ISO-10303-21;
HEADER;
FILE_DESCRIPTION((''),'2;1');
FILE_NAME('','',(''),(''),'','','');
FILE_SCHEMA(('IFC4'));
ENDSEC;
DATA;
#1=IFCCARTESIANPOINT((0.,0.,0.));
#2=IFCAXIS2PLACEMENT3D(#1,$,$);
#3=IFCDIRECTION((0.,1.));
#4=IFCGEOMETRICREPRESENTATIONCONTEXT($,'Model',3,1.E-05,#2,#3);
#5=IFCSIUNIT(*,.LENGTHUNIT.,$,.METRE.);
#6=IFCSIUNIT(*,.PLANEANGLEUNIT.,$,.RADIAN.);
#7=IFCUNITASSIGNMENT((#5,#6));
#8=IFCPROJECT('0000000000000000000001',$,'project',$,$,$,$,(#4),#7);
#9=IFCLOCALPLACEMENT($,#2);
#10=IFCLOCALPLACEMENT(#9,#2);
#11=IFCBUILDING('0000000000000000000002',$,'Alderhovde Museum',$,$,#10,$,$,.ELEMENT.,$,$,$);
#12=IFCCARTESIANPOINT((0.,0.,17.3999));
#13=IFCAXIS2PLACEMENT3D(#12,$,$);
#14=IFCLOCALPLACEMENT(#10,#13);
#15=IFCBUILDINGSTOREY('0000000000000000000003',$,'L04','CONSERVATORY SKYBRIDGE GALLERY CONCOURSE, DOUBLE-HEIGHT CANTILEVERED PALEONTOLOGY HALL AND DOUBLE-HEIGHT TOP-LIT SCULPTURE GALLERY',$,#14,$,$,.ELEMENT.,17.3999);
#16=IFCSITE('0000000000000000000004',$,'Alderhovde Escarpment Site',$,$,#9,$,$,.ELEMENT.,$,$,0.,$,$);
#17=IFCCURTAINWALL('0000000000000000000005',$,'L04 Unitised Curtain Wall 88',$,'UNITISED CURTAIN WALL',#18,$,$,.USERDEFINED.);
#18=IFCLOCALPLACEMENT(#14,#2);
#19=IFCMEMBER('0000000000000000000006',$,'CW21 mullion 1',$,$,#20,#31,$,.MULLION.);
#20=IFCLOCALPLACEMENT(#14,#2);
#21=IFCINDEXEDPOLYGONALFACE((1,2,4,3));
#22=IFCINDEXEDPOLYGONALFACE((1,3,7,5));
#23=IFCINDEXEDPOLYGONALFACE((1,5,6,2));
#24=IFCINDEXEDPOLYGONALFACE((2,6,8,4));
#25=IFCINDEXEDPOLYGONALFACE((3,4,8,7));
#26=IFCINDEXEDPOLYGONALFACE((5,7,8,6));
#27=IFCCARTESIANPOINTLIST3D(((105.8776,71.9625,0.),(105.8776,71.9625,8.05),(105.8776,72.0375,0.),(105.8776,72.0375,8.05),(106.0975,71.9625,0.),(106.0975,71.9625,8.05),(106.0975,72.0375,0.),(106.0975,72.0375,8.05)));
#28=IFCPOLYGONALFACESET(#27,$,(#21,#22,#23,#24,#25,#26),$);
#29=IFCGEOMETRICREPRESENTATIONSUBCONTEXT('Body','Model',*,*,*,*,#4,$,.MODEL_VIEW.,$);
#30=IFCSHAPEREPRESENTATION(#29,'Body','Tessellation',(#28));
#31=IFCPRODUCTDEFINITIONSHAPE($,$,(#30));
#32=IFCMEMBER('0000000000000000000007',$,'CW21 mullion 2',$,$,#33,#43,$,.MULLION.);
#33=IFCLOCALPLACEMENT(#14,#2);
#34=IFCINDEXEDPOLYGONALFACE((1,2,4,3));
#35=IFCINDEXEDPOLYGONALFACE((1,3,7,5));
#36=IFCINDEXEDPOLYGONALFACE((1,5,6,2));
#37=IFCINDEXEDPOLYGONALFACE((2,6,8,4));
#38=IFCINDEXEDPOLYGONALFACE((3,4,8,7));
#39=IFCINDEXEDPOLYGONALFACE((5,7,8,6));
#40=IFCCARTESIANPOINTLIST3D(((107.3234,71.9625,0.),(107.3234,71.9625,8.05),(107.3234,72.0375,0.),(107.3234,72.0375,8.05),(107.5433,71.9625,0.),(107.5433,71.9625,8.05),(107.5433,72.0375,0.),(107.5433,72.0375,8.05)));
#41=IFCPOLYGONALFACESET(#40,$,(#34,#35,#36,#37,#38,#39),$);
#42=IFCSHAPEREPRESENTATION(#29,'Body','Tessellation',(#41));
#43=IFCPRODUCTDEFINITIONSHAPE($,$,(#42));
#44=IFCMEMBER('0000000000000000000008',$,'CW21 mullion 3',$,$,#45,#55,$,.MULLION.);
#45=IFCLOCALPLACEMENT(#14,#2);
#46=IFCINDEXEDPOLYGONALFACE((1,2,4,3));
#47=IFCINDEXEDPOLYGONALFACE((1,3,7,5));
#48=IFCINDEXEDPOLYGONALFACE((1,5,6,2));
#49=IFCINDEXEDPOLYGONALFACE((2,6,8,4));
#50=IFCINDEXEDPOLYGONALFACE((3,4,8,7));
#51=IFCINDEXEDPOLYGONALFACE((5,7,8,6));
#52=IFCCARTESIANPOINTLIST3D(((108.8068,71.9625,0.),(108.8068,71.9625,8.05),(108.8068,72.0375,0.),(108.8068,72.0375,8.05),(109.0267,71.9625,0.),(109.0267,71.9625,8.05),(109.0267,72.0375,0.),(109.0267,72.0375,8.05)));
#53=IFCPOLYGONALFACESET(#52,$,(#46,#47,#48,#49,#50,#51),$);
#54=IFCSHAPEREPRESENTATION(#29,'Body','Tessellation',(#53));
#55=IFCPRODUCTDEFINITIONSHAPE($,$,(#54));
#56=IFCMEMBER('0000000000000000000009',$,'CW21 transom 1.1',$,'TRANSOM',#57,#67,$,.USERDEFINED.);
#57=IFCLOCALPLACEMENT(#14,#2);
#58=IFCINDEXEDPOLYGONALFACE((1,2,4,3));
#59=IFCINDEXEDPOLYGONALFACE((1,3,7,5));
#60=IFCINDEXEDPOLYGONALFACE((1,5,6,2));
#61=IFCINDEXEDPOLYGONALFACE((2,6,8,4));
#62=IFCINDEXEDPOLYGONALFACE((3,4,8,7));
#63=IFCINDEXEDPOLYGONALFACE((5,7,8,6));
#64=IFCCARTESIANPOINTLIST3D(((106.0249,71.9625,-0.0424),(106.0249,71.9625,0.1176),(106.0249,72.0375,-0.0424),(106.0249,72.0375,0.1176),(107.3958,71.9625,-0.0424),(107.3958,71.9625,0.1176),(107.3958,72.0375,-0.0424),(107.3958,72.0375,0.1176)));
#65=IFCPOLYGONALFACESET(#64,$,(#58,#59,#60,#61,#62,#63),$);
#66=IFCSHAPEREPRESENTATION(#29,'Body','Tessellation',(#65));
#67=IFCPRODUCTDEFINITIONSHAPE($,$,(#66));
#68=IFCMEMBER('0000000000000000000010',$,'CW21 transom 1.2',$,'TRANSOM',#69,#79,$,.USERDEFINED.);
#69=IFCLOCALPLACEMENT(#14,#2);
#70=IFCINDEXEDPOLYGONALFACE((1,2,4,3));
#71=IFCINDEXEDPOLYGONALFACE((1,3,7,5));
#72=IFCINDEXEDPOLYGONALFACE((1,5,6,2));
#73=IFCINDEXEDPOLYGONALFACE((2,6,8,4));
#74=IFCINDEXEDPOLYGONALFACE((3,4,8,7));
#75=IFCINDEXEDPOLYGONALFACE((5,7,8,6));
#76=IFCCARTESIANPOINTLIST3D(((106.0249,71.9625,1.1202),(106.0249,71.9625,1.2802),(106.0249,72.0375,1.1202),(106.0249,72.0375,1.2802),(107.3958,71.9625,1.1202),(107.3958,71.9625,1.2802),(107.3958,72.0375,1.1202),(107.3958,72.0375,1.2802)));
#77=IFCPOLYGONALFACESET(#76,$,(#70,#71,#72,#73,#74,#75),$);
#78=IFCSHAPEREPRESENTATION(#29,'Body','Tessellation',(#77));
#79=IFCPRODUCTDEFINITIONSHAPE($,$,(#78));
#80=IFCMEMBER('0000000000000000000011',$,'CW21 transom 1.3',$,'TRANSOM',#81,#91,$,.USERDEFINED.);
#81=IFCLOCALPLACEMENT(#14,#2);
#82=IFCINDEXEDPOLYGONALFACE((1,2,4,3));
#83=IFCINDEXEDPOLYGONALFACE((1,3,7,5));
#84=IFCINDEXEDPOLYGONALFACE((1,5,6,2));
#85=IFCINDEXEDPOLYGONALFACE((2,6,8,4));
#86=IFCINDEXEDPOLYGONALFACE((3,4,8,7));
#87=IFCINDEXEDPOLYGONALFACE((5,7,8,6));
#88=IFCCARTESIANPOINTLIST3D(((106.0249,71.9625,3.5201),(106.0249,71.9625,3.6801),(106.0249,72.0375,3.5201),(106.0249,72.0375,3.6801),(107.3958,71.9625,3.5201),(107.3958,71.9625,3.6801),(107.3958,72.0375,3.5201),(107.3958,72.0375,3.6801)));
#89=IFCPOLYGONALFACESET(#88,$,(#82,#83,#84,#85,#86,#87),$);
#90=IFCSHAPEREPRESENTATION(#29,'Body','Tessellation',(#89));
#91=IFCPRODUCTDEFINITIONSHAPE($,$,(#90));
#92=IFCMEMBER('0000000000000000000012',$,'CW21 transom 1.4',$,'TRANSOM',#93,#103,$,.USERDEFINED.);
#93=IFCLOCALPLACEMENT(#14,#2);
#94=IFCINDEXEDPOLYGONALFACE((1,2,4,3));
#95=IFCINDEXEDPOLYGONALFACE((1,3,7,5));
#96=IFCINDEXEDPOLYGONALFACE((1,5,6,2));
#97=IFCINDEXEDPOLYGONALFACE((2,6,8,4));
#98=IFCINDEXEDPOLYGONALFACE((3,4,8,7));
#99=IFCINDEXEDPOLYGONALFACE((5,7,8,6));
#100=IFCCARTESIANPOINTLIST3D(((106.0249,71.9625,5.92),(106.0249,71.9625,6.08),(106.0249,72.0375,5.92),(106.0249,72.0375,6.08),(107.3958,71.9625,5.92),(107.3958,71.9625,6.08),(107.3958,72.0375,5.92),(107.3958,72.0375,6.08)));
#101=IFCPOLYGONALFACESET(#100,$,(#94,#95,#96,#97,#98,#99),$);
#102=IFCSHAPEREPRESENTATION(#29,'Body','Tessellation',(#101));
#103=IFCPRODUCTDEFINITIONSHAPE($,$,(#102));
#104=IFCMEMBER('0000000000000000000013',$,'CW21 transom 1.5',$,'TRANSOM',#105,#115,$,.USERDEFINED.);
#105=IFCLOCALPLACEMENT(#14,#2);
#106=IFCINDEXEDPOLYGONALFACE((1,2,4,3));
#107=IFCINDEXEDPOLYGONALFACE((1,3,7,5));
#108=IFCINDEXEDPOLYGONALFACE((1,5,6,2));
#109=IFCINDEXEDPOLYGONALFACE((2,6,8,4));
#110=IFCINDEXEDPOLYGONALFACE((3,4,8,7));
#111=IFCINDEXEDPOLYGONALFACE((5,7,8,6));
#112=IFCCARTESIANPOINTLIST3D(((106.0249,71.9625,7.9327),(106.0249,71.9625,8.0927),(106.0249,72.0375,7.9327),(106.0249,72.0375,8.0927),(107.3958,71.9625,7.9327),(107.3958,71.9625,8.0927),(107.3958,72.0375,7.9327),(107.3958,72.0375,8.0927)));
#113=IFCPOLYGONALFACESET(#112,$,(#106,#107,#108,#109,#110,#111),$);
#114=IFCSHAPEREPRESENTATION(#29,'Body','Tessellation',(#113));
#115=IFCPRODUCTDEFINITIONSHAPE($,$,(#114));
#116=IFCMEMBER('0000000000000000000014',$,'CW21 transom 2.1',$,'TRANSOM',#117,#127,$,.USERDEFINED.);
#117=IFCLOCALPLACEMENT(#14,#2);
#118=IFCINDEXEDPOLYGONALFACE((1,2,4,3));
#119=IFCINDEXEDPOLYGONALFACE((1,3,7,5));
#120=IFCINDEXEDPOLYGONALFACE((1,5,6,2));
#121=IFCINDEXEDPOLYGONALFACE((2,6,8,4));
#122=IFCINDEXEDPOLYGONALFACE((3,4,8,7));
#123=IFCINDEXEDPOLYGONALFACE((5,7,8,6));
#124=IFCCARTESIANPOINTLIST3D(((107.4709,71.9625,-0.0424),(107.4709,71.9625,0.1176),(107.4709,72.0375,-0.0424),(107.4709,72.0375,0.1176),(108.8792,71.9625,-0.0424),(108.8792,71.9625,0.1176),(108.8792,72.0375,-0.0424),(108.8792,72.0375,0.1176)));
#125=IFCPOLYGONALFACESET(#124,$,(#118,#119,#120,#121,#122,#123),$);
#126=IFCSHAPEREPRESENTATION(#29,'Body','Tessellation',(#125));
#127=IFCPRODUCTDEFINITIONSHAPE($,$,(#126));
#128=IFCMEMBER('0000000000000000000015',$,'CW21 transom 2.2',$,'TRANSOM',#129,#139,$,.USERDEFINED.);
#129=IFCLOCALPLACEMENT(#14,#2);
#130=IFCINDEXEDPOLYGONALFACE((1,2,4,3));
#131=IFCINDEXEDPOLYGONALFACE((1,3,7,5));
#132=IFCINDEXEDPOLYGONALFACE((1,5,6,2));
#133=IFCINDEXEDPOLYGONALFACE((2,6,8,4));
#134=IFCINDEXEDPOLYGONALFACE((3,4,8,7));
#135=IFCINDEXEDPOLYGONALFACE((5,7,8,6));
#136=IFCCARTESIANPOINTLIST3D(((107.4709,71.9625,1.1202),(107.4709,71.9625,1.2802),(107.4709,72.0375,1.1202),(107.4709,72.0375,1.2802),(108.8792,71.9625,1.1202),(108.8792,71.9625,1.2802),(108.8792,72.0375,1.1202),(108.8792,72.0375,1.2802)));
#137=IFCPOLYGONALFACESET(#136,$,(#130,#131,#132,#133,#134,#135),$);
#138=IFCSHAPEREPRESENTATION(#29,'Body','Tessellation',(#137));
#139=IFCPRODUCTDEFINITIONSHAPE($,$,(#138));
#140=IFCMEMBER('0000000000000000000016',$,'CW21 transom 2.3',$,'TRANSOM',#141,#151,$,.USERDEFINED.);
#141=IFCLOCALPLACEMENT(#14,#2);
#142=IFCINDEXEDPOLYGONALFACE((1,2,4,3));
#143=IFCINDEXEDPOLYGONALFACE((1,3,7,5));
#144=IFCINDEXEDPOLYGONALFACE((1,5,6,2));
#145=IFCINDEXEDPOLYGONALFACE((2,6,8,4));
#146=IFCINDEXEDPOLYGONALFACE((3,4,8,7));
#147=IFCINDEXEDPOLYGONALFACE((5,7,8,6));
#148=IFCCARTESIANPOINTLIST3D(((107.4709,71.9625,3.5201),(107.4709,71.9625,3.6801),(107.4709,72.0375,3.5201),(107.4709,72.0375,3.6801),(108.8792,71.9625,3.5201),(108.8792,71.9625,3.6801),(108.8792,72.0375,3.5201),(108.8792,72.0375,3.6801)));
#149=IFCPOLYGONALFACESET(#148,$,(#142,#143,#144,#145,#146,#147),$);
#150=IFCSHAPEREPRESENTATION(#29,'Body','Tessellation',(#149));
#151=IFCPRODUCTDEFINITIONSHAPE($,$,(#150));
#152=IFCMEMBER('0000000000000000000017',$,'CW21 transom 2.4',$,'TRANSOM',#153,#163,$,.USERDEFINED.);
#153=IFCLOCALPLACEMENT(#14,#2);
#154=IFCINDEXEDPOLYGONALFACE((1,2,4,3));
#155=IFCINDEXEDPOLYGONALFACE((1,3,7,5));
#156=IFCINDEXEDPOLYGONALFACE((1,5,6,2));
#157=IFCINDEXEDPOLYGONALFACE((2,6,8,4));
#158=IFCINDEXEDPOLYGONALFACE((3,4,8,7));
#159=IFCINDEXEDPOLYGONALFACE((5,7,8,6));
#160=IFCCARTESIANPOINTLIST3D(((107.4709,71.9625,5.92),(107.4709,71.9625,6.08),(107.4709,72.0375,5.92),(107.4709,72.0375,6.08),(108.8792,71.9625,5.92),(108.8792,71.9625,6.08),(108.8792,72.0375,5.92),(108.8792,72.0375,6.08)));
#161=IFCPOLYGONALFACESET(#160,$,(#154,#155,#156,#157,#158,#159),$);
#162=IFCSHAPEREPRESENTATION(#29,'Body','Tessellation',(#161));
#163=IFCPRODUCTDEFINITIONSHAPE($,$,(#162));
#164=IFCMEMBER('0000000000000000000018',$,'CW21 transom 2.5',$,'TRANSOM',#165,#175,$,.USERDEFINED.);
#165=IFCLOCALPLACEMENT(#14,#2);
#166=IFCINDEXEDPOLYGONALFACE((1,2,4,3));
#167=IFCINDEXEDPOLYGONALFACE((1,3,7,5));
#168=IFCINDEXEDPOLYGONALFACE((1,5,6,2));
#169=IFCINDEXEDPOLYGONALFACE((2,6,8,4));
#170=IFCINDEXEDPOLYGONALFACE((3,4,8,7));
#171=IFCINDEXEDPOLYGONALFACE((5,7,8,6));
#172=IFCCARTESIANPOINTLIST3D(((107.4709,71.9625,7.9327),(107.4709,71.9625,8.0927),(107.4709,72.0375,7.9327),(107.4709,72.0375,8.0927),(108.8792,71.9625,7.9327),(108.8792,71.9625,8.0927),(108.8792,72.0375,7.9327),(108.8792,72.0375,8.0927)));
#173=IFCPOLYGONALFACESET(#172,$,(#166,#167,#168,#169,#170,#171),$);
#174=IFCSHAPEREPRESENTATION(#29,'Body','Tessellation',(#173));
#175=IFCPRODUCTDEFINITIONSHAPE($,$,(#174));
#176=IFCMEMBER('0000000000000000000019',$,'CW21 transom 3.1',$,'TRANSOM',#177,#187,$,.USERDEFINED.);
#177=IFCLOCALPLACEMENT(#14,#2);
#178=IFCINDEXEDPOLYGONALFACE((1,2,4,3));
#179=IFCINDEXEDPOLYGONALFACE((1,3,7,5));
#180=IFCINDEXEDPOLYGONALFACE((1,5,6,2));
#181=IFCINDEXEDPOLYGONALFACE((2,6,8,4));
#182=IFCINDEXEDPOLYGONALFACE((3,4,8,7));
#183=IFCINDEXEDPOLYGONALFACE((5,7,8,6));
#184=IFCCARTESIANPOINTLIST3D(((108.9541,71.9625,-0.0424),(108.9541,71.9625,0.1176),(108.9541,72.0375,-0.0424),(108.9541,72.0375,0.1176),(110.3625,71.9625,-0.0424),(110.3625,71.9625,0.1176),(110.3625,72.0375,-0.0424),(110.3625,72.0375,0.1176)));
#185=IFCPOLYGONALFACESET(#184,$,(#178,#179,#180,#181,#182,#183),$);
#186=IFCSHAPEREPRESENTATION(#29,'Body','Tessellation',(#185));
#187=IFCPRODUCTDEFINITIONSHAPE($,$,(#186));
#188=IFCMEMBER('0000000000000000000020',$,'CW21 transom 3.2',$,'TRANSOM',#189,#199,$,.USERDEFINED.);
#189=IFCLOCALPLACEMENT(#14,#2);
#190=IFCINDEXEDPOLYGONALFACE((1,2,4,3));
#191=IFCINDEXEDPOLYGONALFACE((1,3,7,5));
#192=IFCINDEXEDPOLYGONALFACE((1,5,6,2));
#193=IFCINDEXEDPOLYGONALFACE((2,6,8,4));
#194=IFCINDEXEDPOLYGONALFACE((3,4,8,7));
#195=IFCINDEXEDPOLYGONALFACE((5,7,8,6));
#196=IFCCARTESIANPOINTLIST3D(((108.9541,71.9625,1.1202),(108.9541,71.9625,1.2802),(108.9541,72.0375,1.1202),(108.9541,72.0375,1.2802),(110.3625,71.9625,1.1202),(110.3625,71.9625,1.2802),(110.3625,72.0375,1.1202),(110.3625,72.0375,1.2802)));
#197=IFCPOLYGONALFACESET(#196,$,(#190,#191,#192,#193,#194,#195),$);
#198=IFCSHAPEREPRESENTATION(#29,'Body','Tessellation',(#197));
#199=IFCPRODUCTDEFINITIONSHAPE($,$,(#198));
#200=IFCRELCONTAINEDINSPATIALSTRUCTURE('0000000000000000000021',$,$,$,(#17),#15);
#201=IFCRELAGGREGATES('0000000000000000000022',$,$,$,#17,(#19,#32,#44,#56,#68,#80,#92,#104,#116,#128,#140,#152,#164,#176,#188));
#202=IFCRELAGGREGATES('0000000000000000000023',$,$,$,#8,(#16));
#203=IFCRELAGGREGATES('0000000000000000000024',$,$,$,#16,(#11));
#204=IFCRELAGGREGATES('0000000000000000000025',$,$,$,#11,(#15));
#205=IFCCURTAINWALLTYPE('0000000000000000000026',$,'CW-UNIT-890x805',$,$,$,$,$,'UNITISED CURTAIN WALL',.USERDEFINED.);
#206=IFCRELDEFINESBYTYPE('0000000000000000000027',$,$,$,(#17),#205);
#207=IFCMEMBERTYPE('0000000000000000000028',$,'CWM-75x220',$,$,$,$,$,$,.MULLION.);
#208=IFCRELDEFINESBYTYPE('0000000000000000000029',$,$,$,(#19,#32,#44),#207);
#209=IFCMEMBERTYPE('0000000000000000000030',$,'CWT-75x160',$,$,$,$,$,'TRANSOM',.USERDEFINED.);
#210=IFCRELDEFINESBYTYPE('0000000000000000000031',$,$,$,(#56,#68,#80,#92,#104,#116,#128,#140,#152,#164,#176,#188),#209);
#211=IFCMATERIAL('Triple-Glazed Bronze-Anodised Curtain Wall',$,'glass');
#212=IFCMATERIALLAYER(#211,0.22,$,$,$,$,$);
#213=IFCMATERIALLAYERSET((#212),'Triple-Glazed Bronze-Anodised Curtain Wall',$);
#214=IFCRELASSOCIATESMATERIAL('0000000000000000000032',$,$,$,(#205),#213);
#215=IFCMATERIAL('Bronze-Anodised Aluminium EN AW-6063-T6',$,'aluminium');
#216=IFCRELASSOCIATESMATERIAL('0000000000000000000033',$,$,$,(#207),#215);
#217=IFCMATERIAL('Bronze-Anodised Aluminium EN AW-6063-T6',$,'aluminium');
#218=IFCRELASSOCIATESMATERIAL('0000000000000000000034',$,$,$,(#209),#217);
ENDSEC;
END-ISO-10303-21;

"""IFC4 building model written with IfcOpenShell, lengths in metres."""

from ifc_helpers import new_model, si_unit, direction, frame, origin, origin_2d, place, context, subcontext, project, spatial, rectangle, extrude, material, layer, layer_set, material_profile, profile_set, type_object, element, aggregate, save


model = new_model("IFC4")

# Units and contexts
model_context = context("Model", 3, precision=1e-05, world=origin(), true_north=direction((0.0, 1.0)))
body_context = subcontext(model_context, "Body", "Model", "MODEL_VIEW")
ifc_project = project(units=[si_unit("LENGTHUNIT", "METRE"), si_unit("PLANEANGLEUNIT", "RADIAN")], contexts=[model_context])

# Site, building, storey
site_placement = place(None, origin())
site = spatial("IfcSite", under=ifc_project, at=site_placement, Name="Alderhovde Escarpment Site", CompositionType="ELEMENT", RefElevation=0.0)
building_placement = place(site_placement, origin())
building = spatial("IfcBuilding", under=site, at=building_placement, Name="Alderhovde Museum", CompositionType="ELEMENT")
storey_placement = place(building_placement, frame((0.0, 0.0, 17.3999)))
storey = spatial("IfcBuildingStorey", under=building, at=storey_placement, Name="L04", Description="CONSERVATORY SKYBRIDGE GALLERY CONCOURSE, DOUBLE-HEIGHT CANTILEVERED PALEONTOLOGY HALL AND DOUBLE-HEIGHT TOP-LIT SCULPTURE GALLERY", CompositionType="ELEMENT", Elevation=17.3999)

# Curtain wall, members
ifc_material_1 = material(Name="Triple-Glazed Bronze-Anodised Curtain Wall", Category="glass")
ifc_layer_1 = layer(ifc_material_1, 0.22)
ifc_layer_set_1 = layer_set([ifc_layer_1], Name="Triple-Glazed Bronze-Anodised Curtain Wall")
curtain_wall_type = type_object("IfcCurtainWallType", Name="CW-UNIT-890x805", ElementType="UNITISED CURTAIN WALL", PredefinedType="USERDEFINED", material=ifc_layer_set_1)
curtain_wall_placement = place(storey_placement, origin())
curtain_wall = element("IfcCurtainWall", 1, at=curtain_wall_placement, inside=storey, type_object=curtain_wall_type, Name="L04 Unitised Curtain Wall 88", ObjectType="UNITISED CURTAIN WALL", PredefinedType="USERDEFINED")
ifc_material_2 = material(Name="Bronze-Anodised Aluminium EN AW-6063-T6", Category="aluminium")
ifc_material_profile_1 = material_profile(ifc_material_2, rectangle(XDim=0.075, YDim=0.22, at=origin_2d()), Name="MULLION 75x220")
ifc_profile_set_1 = profile_set([ifc_material_profile_1], Name="Bronze-Anodised Aluminium EN AW-6063-T6")
member_type_1 = type_object("IfcMemberType", Name="CWM-75x220", PredefinedType="MULLION", material=ifc_profile_set_1)
member_1_placement = place(storey_placement, frame((105.9875, 72.0, 0.0), z_axis=(0.0, 0.0, 1.0), x_axis=(0.0, 1.0, 0.0)))
member_1 = element("IfcMember", 2, at=member_1_placement, type_object=member_type_1, Name="CW21 mullion 1", PredefinedType="MULLION", context=body_context, shape_type="SweptSolid", body=[
    extrude(rectangle(XDim=0.075, YDim=0.22, at=origin_2d()), origin(), (0.0, 0.0, 1.0), 8.05),
])
member_2_placement = place(storey_placement, frame((107.4333, 72.0, 0.0), z_axis=(0.0, 0.0, 1.0), x_axis=(0.0, 1.0, 0.0)))
member_2 = element("IfcMember", 3, at=member_2_placement, type_object=member_type_1, Name="CW21 mullion 2", PredefinedType="MULLION", context=body_context, shape_type="SweptSolid", body=[
    extrude(rectangle(XDim=0.075, YDim=0.22, at=origin_2d()), origin(), (0.0, 0.0, 1.0), 8.05),
])
member_3_placement = place(storey_placement, frame((108.9167, 72.0, 0.0), z_axis=(0.0, 0.0, 1.0), x_axis=(0.0, 1.0, 0.0)))
member_3 = element("IfcMember", 4, at=member_3_placement, type_object=member_type_1, Name="CW21 mullion 3", PredefinedType="MULLION", context=body_context, shape_type="SweptSolid", body=[
    extrude(rectangle(XDim=0.075, YDim=0.22, at=origin_2d()), origin(), (0.0, 0.0, 1.0), 8.05),
])
ifc_material_3 = material(Name="Bronze-Anodised Aluminium EN AW-6063-T6", Category="aluminium")
ifc_material_profile_2 = material_profile(ifc_material_3, rectangle(XDim=0.075, YDim=0.1599, at=origin_2d()), Name="TRANSOM 75x160")
ifc_profile_set_2 = profile_set([ifc_material_profile_2], Name="Bronze-Anodised Aluminium EN AW-6063-T6")
member_type_2 = type_object("IfcMemberType", Name="CWT-75x160", ElementType="TRANSOM", PredefinedType="USERDEFINED", material=ifc_profile_set_2)
member_4_placement = place(storey_placement, frame((106.0249, 72.0, 0.0376), z_axis=(1.0, 0.0, 0.0), x_axis=(0.0, 1.0, 0.0)))
member_4 = element("IfcMember", 5, at=member_4_placement, type_object=member_type_2, Name="CW21 transom 1.1", ObjectType="TRANSOM", PredefinedType="USERDEFINED", context=body_context, shape_type="SweptSolid", body=[
    extrude(rectangle(XDim=0.075, YDim=0.1599, at=origin_2d()), origin(), (0.0, 0.0, 1.0), 1.3708),
])
member_5_placement = place(storey_placement, frame((106.0249, 72.0, 1.2002), z_axis=(1.0, 0.0, 0.0), x_axis=(0.0, 1.0, 0.0)))
member_5 = element("IfcMember", 6, at=member_5_placement, type_object=member_type_2, Name="CW21 transom 1.2", ObjectType="TRANSOM", PredefinedType="USERDEFINED", context=body_context, shape_type="SweptSolid", body=[
    extrude(rectangle(XDim=0.075, YDim=0.1599, at=origin_2d()), origin(), (0.0, 0.0, 1.0), 1.3708),
])
member_6_placement = place(storey_placement, frame((106.0249, 72.0, 3.6001), z_axis=(1.0, 0.0, 0.0), x_axis=(0.0, 1.0, 0.0)))
member_6 = element("IfcMember", 7, at=member_6_placement, type_object=member_type_2, Name="CW21 transom 1.3", ObjectType="TRANSOM", PredefinedType="USERDEFINED", context=body_context, shape_type="SweptSolid", body=[
    extrude(rectangle(XDim=0.075, YDim=0.1599, at=origin_2d()), origin(), (0.0, 0.0, 1.0), 1.3708),
])
member_7_placement = place(storey_placement, frame((106.0249, 72.0, 6.0), z_axis=(1.0, 0.0, 0.0), x_axis=(0.0, 1.0, 0.0)))
member_7 = element("IfcMember", 8, at=member_7_placement, type_object=member_type_2, Name="CW21 transom 1.4", ObjectType="TRANSOM", PredefinedType="USERDEFINED", context=body_context, shape_type="SweptSolid", body=[
    extrude(rectangle(XDim=0.075, YDim=0.1599, at=origin_2d()), origin(), (0.0, 0.0, 1.0), 1.3708),
])
member_8_placement = place(storey_placement, frame((106.0249, 72.0, 8.0127), z_axis=(1.0, 0.0, 0.0), x_axis=(0.0, 1.0, 0.0)))
member_8 = element("IfcMember", 9, at=member_8_placement, type_object=member_type_2, Name="CW21 transom 1.5", ObjectType="TRANSOM", PredefinedType="USERDEFINED", context=body_context, shape_type="SweptSolid", body=[
    extrude(rectangle(XDim=0.075, YDim=0.1599, at=origin_2d()), origin(), (0.0, 0.0, 1.0), 1.3708),
])
member_9_placement = place(storey_placement, frame((107.4709, 72.0, 0.0376), z_axis=(1.0, 0.0, 0.0), x_axis=(0.0, 1.0, 0.0)))
member_9 = element("IfcMember", 10, at=member_9_placement, type_object=member_type_2, Name="CW21 transom 2.1", ObjectType="TRANSOM", PredefinedType="USERDEFINED", context=body_context, shape_type="SweptSolid", body=[
    extrude(rectangle(XDim=0.075, YDim=0.1599, at=origin_2d()), origin(), (0.0, 0.0, 1.0), 1.4082),
])
member_10_placement = place(storey_placement, frame((107.4709, 72.0, 1.2002), z_axis=(1.0, 0.0, 0.0), x_axis=(0.0, 1.0, 0.0)))
member_10 = element("IfcMember", 11, at=member_10_placement, type_object=member_type_2, Name="CW21 transom 2.2", ObjectType="TRANSOM", PredefinedType="USERDEFINED", context=body_context, shape_type="SweptSolid", body=[
    extrude(rectangle(XDim=0.075, YDim=0.1599, at=origin_2d()), origin(), (0.0, 0.0, 1.0), 1.4082),
])
member_11_placement = place(storey_placement, frame((107.4709, 72.0, 3.6001), z_axis=(1.0, 0.0, 0.0), x_axis=(0.0, 1.0, 0.0)))
member_11 = element("IfcMember", 12, at=member_11_placement, type_object=member_type_2, Name="CW21 transom 2.3", ObjectType="TRANSOM", PredefinedType="USERDEFINED", context=body_context, shape_type="SweptSolid", body=[
    extrude(rectangle(XDim=0.075, YDim=0.1599, at=origin_2d()), origin(), (0.0, 0.0, 1.0), 1.4082),
])
member_12_placement = place(storey_placement, frame((107.4709, 72.0, 6.0), z_axis=(1.0, 0.0, 0.0), x_axis=(0.0, 1.0, 0.0)))
member_12 = element("IfcMember", 13, at=member_12_placement, type_object=member_type_2, Name="CW21 transom 2.4", ObjectType="TRANSOM", PredefinedType="USERDEFINED", context=body_context, shape_type="SweptSolid", body=[
    extrude(rectangle(XDim=0.075, YDim=0.1599, at=origin_2d()), origin(), (0.0, 0.0, 1.0), 1.4082),
])
member_13_placement = place(storey_placement, frame((107.4709, 72.0, 8.0127), z_axis=(1.0, 0.0, 0.0), x_axis=(0.0, 1.0, 0.0)))
member_13 = element("IfcMember", 14, at=member_13_placement, type_object=member_type_2, Name="CW21 transom 2.5", ObjectType="TRANSOM", PredefinedType="USERDEFINED", context=body_context, shape_type="SweptSolid", body=[
    extrude(rectangle(XDim=0.075, YDim=0.1599, at=origin_2d()), origin(), (0.0, 0.0, 1.0), 1.4082),
])
member_14_placement = place(storey_placement, frame((108.9541, 72.0, 0.0376), z_axis=(1.0, 0.0, 0.0), x_axis=(0.0, 1.0, 0.0)))
member_14 = element("IfcMember", 15, at=member_14_placement, type_object=member_type_2, Name="CW21 transom 3.1", ObjectType="TRANSOM", PredefinedType="USERDEFINED", context=body_context, shape_type="SweptSolid", body=[
    extrude(rectangle(XDim=0.075, YDim=0.1599, at=origin_2d()), origin(), (0.0, 0.0, 1.0), 1.4084),
])
member_15_placement = place(storey_placement, frame((108.9541, 72.0, 1.2002), z_axis=(1.0, 0.0, 0.0), x_axis=(0.0, 1.0, 0.0)))
member_15 = element("IfcMember", 16, at=member_15_placement, type_object=member_type_2, Name="CW21 transom 3.2", ObjectType="TRANSOM", PredefinedType="USERDEFINED", context=body_context, shape_type="SweptSolid", body=[
    extrude(rectangle(XDim=0.075, YDim=0.1599, at=origin_2d()), origin(), (0.0, 0.0, 1.0), 1.4084),
])

aggregate(curtain_wall, [member_1, member_2, member_3, member_4, member_5, member_6, member_7, member_8, member_9, member_10, member_11, member_12, member_13, member_14, member_15])

save(model, "model.ifc")
